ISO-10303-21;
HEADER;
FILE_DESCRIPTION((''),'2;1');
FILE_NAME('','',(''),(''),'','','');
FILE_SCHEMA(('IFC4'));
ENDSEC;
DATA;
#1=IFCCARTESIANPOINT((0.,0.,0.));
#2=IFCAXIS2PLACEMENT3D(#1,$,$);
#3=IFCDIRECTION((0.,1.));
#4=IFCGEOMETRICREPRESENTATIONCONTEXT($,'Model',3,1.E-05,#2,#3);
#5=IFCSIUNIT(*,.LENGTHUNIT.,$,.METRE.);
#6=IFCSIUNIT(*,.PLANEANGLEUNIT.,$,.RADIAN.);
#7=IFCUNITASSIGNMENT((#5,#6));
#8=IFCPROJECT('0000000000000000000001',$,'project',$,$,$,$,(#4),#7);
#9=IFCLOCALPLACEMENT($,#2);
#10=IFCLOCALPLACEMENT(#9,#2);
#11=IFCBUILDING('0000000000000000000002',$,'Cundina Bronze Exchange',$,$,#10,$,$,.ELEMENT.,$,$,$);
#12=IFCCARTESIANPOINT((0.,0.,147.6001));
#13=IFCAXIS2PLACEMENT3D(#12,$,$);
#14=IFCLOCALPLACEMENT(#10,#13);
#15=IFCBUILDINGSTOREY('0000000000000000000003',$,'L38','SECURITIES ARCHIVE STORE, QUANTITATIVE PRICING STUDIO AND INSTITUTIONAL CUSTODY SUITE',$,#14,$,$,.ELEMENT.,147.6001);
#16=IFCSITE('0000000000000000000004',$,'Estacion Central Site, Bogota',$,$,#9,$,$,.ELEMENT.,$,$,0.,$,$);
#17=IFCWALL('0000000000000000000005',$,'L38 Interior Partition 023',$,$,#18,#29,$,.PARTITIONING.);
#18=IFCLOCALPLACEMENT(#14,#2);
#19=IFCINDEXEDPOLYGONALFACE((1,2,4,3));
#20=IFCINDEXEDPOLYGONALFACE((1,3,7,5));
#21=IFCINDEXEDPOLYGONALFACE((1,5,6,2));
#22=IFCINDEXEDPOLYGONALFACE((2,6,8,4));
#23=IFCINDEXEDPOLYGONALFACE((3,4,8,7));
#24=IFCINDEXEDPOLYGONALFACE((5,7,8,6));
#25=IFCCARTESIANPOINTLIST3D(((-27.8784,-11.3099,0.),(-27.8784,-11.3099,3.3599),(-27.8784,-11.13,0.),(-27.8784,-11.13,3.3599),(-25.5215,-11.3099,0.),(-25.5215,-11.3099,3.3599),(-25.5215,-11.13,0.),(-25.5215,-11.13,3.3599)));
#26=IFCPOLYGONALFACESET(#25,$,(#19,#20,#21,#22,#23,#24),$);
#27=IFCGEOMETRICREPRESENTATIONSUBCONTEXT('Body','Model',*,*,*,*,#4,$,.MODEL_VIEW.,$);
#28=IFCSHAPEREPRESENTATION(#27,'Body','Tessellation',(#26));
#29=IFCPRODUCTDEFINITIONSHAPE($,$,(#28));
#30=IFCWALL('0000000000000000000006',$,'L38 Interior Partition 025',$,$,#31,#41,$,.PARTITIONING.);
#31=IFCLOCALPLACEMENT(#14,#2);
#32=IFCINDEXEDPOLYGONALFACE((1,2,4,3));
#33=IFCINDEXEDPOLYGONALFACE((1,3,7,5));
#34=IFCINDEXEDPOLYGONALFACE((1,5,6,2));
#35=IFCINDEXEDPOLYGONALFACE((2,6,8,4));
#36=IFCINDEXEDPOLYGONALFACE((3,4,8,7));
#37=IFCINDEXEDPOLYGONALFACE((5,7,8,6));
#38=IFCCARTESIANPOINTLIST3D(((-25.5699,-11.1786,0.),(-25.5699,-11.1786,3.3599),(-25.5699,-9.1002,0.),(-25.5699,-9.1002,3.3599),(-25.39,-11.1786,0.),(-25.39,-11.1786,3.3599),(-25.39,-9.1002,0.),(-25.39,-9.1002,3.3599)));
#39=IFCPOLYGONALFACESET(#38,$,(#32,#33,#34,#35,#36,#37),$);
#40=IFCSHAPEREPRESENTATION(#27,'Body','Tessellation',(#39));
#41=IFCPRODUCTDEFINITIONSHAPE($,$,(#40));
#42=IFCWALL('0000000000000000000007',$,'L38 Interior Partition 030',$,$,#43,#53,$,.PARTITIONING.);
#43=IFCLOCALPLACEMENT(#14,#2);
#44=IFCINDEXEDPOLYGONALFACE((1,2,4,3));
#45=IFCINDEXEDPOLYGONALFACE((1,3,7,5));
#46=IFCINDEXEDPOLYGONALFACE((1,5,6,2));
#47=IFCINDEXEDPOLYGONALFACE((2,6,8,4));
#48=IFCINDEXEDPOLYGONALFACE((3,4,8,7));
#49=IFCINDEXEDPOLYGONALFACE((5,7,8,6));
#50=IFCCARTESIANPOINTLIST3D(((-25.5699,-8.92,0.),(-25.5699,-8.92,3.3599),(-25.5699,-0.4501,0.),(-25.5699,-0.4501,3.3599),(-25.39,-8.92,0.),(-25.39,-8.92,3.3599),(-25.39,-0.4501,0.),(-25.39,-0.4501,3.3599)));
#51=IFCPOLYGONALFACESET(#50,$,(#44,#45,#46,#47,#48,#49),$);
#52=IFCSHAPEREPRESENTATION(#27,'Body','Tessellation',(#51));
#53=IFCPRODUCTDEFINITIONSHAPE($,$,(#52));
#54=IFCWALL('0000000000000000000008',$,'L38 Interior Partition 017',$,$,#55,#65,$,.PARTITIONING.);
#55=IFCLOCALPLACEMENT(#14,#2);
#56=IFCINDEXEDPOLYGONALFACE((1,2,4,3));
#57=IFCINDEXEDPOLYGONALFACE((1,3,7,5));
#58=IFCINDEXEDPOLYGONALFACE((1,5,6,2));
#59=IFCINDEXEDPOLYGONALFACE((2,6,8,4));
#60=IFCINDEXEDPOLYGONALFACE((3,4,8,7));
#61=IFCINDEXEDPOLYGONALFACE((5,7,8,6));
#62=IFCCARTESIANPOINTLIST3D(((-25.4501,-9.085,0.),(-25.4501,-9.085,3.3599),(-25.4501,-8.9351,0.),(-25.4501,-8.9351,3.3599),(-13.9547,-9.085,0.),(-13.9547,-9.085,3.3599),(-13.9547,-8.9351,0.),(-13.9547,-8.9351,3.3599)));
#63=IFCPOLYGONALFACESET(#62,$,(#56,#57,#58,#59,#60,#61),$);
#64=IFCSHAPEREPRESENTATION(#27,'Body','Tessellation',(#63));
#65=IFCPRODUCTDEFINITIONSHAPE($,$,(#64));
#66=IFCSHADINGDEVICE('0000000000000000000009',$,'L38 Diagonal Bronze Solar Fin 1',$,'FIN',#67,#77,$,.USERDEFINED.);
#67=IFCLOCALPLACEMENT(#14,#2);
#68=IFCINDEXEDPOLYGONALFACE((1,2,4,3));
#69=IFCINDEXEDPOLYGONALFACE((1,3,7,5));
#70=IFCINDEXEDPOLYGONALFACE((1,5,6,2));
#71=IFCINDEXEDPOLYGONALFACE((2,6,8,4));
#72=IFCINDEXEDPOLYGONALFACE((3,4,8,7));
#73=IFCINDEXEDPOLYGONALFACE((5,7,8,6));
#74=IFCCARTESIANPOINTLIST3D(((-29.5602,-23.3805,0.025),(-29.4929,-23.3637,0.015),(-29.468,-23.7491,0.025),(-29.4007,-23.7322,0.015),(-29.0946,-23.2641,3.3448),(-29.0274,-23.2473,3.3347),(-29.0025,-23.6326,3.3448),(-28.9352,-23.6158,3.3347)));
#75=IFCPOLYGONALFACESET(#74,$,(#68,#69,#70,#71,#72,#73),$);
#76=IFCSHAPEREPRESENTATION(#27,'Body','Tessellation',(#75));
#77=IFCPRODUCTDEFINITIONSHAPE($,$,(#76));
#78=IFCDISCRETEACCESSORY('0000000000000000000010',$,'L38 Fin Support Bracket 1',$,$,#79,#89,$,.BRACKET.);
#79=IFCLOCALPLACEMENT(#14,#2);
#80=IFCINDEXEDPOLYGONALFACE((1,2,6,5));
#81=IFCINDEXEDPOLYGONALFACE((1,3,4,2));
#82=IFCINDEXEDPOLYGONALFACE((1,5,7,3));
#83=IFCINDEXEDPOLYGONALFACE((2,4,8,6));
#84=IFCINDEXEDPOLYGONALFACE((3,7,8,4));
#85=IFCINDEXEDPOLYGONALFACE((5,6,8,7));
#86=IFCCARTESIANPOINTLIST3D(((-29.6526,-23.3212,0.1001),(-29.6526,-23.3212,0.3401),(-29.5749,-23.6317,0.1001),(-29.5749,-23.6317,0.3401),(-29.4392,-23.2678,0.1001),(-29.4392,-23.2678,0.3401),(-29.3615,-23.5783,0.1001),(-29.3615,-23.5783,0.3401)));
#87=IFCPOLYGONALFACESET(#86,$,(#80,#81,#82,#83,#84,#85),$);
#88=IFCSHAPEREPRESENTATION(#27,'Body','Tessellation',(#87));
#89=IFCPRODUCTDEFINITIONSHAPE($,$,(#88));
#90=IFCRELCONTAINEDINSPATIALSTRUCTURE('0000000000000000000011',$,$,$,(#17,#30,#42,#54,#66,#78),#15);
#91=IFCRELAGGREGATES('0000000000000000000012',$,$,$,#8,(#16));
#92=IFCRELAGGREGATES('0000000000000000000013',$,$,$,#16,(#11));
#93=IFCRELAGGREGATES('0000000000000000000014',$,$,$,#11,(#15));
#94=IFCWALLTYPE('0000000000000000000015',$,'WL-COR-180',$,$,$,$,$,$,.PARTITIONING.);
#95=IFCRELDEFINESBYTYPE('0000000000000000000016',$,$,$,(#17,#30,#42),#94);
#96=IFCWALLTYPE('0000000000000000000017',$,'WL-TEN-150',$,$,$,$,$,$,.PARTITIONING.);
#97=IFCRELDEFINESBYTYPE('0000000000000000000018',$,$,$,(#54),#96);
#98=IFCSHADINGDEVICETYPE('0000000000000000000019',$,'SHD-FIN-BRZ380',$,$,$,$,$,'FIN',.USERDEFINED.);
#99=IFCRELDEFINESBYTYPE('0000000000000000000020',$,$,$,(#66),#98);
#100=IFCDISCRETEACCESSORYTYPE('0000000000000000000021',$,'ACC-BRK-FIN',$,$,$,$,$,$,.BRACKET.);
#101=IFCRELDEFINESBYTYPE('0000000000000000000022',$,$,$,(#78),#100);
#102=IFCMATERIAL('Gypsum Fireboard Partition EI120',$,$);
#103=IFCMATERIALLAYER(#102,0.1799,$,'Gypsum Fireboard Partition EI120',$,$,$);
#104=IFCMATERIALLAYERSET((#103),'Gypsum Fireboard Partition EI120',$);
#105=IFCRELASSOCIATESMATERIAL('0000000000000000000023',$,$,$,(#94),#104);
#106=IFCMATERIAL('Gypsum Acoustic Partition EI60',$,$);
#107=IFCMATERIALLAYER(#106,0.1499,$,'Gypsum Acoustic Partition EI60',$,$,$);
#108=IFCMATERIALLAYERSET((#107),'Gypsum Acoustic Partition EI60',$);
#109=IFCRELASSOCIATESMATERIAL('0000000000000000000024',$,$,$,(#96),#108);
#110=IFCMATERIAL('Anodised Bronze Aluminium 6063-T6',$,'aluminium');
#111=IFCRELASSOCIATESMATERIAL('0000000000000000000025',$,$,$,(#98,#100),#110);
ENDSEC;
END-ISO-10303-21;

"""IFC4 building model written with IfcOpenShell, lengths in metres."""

from ifc_helpers import new_model, si_unit, direction, frame, frame_2d, origin, origin_2d, place, context, subcontext, project, spatial, rectangle, extrude, material, layer, layer_set, material_profile, profile_set, type_object, element, save


model = new_model("IFC4")

# Units and contexts
model_context = context("Model", 3, precision=1e-05, world=origin(), true_north=direction((0.0, 1.0)))
body_context = subcontext(model_context, "Body", "Model", "MODEL_VIEW")
ifc_project = project(units=[si_unit("LENGTHUNIT", "METRE"), si_unit("PLANEANGLEUNIT", "RADIAN")], contexts=[model_context])

# Site, building, storey
site_placement = place(None, origin())
site = spatial("IfcSite", under=ifc_project, at=site_placement, Name="Estacion Central Site, Bogota", CompositionType="ELEMENT", RefElevation=0.0)
building_placement = place(site_placement, origin())
building = spatial("IfcBuilding", under=site, at=building_placement, Name="Cundina Bronze Exchange", CompositionType="ELEMENT")
storey_placement = place(building_placement, frame((0.0, 0.0, 147.6001)))
storey = spatial("IfcBuildingStorey", under=building, at=storey_placement, Name="L38", Description="SECURITIES ARCHIVE STORE, QUANTITATIVE PRICING STUDIO AND INSTITUTIONAL CUSTODY SUITE", CompositionType="ELEMENT", Elevation=147.6001)

# Shared definitions
ifc_material_1 = material(Name="Anodised Bronze Aluminium 6063-T6", Category="aluminium")

# Wall
ifc_material_2 = material(Name="Gypsum Fireboard Partition EI120")
ifc_layer_1 = layer(ifc_material_2, 0.1799, Name="Gypsum Fireboard Partition EI120")
ifc_layer_set_1 = layer_set([ifc_layer_1], Name="Gypsum Fireboard Partition EI120")
wall_type_1 = type_object("IfcWallType", Name="WL-COR-180", PredefinedType="PARTITIONING", material=ifc_layer_set_1)
wall_1_placement = place(storey_placement, frame((-27.8784, -11.22, 0.0), z_axis=(0.0, 0.0, 1.0), x_axis=(1.0, 0.0, 0.0)))
element("IfcWall", 1, at=wall_1_placement, inside=storey, type_object=wall_type_1, Name="L38 Interior Partition 023", PredefinedType="PARTITIONING", context=body_context, shape_type="SweptSolid", body=[
    extrude(rectangle(XDim=2.3569, YDim=0.1799, at=frame_2d((1.1785, 0.0))), origin(), (0.0, 0.0, 1.0), 3.3599),
])

# Walls
wall_2_placement = place(storey_placement, frame((-25.48, -11.1785, 0.0), z_axis=(0.0, 0.0, 1.0), x_axis=(0.0, 1.0, 0.0)))
element("IfcWall", 2, at=wall_2_placement, inside=storey, type_object=wall_type_1, Name="L38 Interior Partition 025", PredefinedType="PARTITIONING", context=body_context, shape_type="SweptSolid", body=[
    extrude(rectangle(XDim=2.0784, YDim=0.1799, at=frame_2d((1.0391, 0.0))), origin(), (0.0, 0.0, 1.0), 3.3599),
])
wall_3_placement = place(storey_placement, frame((-25.48, -8.9199, 0.0), z_axis=(0.0, 0.0, 1.0), x_axis=(0.0, 1.0, 0.0)))
element("IfcWall", 3, at=wall_3_placement, inside=storey, type_object=wall_type_1, Name="L38 Interior Partition 030", PredefinedType="PARTITIONING", context=body_context, shape_type="SweptSolid", body=[
    extrude(rectangle(XDim=8.47, YDim=0.1799, at=frame_2d((4.2349, 0.0))), origin(), (0.0, 0.0, 1.0), 3.3599),
])
ifc_material_3 = material(Name="Gypsum Acoustic Partition EI60")
ifc_layer_2 = layer(ifc_material_3, 0.1499, Name="Gypsum Acoustic Partition EI60")
ifc_layer_set_2 = layer_set([ifc_layer_2], Name="Gypsum Acoustic Partition EI60")
wall_type_2 = type_object("IfcWallType", Name="WL-TEN-150", PredefinedType="PARTITIONING", material=ifc_layer_set_2)
wall_4_placement = place(storey_placement, frame((-25.45, -9.01, 0.0), z_axis=(0.0, 0.0, 1.0), x_axis=(1.0, 0.0, 0.0)))
element("IfcWall", 4, at=wall_4_placement, inside=storey, type_object=wall_type_2, Name="L38 Interior Partition 017", PredefinedType="PARTITIONING", context=body_context, shape_type="SweptSolid", body=[
    extrude(rectangle(XDim=11.4954, YDim=0.1499, at=frame_2d((5.7476, 0.0))), origin(), (0.0, 0.0, 1.0), 3.3599),
])

# Shading device
ifc_material_profile_1 = material_profile(ifc_material_1, rectangle(XDim=0.0701, YDim=0.3799, at=origin_2d()), Name="FIN70X380", Category="aluminium")
ifc_profile_set_1 = profile_set([ifc_material_profile_1], Name="Anodised Bronze Aluminium 6063-T6")
shading_device_type = type_object("IfcShadingDeviceType", Name="SHD-FIN-BRZ380", ElementType="FIN", PredefinedType="USERDEFINED", material=ifc_profile_set_1)
shading_device_placement = place(storey_placement, frame((-29.4805, -23.5564, 0.02), z_axis=(0.138798, 0.034718, 0.989712), x_axis=(-0.960132, -0.240159, 0.143075)))
element("IfcShadingDevice", 5, at=shading_device_placement, inside=storey, type_object=shading_device_type, Name="L38 Diagonal Bronze Solar Fin 1", ObjectType="FIN", PredefinedType="USERDEFINED", context=body_context, shape_type="SweptSolid", body=[
    extrude(rectangle(XDim=0.0701, YDim=0.3799, at=origin_2d()), origin(), (0.0, 0.0, 1.0), 3.3542),
])

# Discrete accessory
discrete_accessory_type = type_object("IfcDiscreteAccessoryType", Name="ACC-BRK-FIN", PredefinedType="BRACKET", material=ifc_material_1)
discrete_accessory_placement = place(storey_placement, frame((-29.5071, -23.4497, 0.1001), z_axis=(0.0, 0.0, 1.0), x_axis=(0.970093, 0.242735, 0.0)))
element("IfcDiscreteAccessory", 6, at=discrete_accessory_placement, inside=storey, type_object=discrete_accessory_type, Name="L38 Fin Support Bracket 1", PredefinedType="BRACKET", context=body_context, shape_type="SweptSolid", body=[
    extrude(rectangle(XDim=0.22, YDim=0.3201, at=origin_2d()), origin(), (0.0, 0.0, 1.0), 0.24),
])

save(model, "model.ifc")
